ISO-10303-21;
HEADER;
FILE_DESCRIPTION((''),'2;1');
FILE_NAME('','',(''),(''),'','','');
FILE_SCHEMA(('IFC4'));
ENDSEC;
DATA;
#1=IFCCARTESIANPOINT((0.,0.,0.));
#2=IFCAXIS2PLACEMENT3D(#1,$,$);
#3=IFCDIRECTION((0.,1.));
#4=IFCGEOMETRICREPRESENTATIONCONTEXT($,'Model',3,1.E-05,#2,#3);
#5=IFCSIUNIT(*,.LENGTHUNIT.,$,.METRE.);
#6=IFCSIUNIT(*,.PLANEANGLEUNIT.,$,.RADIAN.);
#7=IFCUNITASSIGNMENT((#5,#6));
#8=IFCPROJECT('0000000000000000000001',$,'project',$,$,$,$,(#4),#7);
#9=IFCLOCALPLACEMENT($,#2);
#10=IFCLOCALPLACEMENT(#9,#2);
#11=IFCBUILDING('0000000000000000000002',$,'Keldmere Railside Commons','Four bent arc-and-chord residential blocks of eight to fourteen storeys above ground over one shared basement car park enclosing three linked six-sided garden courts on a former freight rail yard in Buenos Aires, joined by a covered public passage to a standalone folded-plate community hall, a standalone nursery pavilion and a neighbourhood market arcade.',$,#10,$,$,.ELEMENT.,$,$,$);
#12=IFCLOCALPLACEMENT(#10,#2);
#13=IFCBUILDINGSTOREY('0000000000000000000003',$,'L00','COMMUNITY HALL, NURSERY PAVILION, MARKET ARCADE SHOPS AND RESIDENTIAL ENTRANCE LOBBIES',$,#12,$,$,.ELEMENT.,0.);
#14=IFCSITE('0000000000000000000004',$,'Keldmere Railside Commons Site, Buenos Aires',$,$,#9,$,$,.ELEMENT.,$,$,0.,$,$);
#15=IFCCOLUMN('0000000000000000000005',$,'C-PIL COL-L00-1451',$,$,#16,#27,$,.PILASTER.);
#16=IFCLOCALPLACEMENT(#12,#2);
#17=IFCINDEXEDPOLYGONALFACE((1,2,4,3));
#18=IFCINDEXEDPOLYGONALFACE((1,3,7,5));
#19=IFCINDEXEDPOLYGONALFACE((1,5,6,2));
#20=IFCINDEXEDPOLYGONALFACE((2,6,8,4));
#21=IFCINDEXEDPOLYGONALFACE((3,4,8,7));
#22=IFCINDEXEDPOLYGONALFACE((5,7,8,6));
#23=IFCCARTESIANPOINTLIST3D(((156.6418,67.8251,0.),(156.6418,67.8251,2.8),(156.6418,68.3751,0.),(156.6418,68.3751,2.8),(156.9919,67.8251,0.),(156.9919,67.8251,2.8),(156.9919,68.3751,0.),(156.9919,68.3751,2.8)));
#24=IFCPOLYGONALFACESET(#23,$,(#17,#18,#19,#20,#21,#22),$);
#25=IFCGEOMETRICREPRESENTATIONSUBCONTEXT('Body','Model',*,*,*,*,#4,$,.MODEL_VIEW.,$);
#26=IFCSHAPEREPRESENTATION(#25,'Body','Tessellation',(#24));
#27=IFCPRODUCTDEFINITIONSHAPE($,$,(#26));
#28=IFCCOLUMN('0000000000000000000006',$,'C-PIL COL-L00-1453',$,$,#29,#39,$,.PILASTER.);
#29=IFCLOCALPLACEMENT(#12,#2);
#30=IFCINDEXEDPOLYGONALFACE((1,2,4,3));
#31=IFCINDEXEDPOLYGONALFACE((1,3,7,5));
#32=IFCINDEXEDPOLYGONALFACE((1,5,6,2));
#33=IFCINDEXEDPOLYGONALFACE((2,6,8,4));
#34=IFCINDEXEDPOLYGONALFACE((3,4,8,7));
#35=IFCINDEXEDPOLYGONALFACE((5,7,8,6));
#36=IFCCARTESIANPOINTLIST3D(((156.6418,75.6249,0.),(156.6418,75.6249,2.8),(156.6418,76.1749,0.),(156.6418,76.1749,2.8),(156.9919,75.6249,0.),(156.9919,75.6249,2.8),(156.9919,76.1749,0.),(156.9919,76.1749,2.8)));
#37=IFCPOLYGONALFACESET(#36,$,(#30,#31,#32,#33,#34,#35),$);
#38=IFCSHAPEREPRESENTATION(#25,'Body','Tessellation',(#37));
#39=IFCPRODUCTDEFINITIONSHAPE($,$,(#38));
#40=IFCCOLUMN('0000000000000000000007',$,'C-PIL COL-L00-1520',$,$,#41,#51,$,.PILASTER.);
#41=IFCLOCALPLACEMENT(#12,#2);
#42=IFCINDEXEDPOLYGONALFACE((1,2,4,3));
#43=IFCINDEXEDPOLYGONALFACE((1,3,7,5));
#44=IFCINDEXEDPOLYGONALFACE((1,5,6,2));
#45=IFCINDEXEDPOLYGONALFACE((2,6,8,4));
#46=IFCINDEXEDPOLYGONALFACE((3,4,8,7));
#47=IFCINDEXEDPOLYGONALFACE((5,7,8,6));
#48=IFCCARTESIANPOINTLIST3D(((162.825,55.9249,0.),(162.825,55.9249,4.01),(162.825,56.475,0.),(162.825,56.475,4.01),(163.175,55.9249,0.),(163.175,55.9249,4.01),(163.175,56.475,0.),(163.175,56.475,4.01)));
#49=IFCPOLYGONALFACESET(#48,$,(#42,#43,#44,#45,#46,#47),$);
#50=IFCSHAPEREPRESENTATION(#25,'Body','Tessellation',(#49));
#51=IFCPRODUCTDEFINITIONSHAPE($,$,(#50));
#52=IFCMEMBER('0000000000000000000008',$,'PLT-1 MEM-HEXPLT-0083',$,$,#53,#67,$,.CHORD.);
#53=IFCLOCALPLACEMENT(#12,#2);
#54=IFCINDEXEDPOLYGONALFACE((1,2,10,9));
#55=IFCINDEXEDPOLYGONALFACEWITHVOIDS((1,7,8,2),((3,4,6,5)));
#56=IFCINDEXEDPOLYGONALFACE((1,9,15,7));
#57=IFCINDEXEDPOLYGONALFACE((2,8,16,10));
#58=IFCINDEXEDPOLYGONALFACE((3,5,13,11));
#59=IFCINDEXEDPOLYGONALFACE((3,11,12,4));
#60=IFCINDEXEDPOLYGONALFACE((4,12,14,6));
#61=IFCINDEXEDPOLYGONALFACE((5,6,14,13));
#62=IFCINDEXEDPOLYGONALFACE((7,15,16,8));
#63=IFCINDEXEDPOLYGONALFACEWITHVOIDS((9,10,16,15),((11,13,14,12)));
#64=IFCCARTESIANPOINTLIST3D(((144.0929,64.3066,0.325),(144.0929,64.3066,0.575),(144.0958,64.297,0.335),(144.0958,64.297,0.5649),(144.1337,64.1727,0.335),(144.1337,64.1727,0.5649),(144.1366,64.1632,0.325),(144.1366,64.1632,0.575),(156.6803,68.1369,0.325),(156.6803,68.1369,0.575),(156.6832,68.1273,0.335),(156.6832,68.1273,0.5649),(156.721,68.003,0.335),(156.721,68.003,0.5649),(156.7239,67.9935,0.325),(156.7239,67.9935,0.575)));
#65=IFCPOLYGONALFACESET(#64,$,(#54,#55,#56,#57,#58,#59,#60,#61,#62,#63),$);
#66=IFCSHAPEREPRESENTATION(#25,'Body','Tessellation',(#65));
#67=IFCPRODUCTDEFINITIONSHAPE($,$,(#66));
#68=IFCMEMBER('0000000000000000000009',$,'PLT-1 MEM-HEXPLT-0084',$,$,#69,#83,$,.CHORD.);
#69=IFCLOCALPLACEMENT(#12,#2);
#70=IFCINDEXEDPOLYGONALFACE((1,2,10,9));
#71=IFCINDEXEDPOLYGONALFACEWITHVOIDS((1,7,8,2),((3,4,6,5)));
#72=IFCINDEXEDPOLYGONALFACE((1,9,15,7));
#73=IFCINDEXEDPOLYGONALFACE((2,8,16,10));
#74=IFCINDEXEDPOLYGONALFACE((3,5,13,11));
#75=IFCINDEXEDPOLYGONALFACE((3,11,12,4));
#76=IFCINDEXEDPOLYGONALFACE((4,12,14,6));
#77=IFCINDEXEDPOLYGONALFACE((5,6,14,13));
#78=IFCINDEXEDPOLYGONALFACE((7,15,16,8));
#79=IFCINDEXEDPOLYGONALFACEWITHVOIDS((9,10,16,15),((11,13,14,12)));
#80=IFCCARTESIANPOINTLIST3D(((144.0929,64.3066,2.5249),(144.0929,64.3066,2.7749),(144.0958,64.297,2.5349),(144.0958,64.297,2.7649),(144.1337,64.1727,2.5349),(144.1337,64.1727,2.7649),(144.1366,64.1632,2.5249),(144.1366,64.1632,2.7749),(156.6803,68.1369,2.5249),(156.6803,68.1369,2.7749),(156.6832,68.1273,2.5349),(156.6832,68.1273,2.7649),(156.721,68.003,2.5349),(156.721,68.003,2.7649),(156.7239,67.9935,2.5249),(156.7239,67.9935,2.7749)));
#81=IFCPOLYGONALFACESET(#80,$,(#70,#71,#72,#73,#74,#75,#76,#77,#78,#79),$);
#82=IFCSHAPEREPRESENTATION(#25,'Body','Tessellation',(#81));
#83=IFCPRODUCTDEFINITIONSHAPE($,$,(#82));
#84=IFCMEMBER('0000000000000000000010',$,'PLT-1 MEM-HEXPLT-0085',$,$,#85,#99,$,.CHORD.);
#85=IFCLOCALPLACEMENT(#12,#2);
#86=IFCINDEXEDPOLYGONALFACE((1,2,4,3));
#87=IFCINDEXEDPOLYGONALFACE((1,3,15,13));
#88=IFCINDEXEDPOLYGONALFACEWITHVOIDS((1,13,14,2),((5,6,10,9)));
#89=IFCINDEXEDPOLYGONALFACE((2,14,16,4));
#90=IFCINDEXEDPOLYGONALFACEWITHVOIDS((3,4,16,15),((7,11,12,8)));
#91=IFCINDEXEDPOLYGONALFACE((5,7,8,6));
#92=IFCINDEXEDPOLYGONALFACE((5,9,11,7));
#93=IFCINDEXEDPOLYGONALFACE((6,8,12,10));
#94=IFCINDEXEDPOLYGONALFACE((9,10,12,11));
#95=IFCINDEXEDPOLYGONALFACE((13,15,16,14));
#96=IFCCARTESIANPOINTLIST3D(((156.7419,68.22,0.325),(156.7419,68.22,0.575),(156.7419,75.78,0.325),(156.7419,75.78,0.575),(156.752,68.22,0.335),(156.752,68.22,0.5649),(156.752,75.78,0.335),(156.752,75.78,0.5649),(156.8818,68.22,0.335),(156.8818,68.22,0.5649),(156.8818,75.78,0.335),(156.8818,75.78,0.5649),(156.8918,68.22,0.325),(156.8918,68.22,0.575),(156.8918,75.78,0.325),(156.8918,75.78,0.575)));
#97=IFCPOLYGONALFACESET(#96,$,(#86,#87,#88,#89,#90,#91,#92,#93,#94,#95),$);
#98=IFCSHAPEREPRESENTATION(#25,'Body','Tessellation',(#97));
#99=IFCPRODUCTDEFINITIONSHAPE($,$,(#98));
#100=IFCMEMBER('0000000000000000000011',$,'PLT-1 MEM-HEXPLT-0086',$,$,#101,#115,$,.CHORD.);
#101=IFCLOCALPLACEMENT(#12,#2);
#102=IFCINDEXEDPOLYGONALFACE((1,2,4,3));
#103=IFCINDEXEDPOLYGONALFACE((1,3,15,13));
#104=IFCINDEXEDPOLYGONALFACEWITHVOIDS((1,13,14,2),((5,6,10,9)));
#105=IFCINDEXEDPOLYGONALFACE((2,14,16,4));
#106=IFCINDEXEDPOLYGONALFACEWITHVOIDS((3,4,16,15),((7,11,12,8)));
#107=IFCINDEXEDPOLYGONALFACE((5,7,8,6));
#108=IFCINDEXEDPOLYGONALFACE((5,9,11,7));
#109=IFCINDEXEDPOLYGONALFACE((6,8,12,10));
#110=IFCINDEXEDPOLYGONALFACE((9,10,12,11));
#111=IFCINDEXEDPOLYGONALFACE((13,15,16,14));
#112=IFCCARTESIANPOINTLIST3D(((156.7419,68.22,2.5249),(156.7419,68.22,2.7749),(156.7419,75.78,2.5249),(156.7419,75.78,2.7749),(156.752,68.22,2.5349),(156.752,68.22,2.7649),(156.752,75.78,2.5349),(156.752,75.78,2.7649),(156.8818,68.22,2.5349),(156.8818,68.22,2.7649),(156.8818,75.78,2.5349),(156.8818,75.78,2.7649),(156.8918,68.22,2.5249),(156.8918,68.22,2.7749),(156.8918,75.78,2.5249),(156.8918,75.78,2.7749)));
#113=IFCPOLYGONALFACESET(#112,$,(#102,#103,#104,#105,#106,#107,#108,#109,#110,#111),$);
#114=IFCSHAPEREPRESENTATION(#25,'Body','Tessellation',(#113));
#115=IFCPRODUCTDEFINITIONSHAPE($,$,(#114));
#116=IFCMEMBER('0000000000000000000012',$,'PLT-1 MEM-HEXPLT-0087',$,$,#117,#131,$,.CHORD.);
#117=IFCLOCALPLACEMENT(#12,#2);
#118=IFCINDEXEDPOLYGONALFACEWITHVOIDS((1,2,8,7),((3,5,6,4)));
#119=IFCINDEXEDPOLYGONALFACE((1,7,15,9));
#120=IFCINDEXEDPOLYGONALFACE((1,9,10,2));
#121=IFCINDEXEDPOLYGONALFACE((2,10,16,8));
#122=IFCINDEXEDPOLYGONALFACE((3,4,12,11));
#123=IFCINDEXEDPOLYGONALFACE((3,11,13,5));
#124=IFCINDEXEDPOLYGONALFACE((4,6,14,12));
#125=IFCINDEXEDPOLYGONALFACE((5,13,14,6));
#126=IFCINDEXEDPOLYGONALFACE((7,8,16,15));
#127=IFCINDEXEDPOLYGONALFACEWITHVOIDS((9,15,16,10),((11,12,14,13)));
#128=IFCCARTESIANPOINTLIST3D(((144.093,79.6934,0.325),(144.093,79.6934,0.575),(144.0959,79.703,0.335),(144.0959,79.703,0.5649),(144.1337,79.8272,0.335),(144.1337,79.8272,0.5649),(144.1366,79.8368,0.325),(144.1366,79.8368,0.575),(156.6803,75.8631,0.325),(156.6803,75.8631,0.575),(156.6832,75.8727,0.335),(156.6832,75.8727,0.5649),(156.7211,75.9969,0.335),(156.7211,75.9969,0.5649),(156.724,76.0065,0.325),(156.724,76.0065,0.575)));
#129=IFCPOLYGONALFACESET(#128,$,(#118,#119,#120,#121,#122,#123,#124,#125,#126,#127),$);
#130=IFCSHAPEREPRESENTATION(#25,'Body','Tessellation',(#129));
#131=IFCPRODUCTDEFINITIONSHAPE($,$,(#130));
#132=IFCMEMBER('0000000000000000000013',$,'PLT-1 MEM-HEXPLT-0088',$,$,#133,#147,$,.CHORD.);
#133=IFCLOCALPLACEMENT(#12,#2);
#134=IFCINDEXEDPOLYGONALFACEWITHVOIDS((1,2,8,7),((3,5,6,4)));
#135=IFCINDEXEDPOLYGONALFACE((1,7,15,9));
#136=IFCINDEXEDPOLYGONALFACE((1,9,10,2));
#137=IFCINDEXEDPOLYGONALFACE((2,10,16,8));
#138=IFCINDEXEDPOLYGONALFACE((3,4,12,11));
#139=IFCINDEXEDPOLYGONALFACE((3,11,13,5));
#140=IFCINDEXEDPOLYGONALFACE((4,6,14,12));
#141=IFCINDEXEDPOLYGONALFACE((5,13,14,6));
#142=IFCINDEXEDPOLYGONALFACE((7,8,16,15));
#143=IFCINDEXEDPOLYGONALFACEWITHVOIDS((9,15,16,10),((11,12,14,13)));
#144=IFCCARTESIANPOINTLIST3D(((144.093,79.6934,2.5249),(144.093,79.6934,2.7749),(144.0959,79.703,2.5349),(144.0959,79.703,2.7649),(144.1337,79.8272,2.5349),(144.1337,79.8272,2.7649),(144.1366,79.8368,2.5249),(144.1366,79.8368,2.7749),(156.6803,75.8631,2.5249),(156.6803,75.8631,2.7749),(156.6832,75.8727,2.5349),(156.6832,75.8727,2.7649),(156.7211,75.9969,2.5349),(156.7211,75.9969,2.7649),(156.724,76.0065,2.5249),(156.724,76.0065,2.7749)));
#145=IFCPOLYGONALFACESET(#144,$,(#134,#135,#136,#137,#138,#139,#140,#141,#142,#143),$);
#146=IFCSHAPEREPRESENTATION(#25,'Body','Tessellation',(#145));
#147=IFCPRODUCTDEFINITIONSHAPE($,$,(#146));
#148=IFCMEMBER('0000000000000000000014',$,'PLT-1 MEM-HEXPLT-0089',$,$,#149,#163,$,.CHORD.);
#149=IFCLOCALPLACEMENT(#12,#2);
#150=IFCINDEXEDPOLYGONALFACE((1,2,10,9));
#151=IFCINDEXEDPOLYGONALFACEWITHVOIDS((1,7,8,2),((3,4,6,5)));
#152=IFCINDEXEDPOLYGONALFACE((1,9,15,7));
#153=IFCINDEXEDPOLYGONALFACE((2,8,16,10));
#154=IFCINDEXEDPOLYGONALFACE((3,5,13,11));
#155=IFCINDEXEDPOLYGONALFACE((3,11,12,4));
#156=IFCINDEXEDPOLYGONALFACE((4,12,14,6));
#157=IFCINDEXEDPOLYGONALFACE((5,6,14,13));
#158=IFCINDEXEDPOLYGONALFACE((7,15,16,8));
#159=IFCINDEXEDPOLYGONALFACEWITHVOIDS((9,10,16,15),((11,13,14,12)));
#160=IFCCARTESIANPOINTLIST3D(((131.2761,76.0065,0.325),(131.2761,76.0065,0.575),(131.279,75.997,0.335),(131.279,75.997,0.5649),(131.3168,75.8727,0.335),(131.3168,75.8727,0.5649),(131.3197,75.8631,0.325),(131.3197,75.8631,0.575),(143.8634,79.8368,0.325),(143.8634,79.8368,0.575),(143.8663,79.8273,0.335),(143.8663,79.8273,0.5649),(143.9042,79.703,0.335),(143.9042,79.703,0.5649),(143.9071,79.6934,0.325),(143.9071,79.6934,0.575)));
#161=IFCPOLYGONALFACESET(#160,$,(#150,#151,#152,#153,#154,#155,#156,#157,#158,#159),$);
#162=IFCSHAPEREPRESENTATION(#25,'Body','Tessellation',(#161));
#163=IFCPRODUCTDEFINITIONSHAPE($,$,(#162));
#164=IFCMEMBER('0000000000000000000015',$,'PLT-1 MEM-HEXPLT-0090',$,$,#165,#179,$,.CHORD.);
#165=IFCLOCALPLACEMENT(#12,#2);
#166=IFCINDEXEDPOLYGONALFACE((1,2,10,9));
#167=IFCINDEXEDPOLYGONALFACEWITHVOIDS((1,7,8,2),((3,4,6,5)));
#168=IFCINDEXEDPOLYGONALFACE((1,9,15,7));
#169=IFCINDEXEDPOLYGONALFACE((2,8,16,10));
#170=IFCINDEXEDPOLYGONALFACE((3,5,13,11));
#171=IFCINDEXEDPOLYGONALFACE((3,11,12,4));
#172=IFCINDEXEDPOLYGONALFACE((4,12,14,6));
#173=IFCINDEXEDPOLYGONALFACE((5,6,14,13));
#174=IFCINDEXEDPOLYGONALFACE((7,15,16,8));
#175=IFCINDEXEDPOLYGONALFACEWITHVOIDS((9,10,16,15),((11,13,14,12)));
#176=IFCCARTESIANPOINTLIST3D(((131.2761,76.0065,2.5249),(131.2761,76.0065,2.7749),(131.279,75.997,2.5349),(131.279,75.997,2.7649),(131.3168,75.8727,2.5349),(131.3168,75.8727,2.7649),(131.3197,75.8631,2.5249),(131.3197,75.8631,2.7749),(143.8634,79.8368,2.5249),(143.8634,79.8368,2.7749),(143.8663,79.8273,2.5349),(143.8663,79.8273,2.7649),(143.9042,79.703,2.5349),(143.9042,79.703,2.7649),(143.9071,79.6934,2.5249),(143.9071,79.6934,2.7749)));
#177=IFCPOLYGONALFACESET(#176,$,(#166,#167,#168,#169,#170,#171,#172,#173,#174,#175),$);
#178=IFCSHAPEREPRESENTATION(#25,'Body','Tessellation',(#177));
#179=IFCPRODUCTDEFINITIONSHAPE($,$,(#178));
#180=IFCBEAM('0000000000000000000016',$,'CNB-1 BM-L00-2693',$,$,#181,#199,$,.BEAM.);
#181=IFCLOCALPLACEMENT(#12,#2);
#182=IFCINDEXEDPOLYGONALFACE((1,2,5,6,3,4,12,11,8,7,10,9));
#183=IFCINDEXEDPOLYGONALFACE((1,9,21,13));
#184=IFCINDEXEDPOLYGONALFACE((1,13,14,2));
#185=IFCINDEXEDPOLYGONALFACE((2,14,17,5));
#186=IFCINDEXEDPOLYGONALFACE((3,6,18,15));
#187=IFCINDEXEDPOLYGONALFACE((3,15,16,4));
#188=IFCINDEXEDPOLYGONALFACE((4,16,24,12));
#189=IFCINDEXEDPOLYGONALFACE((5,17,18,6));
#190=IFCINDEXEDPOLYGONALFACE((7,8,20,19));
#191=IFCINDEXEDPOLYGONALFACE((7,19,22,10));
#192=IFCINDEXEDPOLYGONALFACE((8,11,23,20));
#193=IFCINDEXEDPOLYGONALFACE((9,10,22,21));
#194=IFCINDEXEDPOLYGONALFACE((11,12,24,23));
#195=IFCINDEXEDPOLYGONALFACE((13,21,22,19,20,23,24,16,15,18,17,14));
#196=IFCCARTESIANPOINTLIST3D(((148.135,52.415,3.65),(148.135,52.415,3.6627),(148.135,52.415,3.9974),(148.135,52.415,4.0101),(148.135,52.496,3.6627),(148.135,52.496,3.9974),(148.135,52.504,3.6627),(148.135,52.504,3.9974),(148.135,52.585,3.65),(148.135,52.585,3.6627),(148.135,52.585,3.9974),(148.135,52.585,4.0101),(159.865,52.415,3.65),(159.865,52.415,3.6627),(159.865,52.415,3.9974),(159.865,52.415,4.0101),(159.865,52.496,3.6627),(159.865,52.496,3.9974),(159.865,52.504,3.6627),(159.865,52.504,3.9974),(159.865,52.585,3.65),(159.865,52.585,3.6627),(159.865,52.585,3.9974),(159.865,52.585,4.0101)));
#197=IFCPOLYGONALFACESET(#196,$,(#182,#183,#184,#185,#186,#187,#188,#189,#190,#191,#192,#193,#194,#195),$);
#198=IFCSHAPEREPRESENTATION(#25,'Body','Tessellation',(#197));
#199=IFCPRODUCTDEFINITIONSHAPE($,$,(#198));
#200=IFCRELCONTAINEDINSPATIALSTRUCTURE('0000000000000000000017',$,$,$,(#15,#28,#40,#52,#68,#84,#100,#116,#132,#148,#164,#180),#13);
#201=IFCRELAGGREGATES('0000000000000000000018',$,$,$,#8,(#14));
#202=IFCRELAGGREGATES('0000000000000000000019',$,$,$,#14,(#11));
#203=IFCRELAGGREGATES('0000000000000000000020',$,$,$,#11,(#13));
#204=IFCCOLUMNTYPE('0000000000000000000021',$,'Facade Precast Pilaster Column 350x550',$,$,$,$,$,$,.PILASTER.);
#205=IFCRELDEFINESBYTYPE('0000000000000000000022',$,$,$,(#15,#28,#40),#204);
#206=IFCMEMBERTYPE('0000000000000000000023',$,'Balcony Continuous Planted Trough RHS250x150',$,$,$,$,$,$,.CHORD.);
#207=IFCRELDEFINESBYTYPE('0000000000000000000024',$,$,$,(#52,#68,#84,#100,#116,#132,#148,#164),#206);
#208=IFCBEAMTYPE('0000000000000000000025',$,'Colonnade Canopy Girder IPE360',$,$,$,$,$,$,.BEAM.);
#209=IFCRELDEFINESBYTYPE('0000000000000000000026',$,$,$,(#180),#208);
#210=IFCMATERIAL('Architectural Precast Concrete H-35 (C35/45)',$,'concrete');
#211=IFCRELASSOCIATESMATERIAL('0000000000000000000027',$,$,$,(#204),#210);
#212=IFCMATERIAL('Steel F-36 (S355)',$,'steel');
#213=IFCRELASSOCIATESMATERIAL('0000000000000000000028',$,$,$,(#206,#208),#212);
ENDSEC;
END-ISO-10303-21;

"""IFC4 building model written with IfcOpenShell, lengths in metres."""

from ifc_helpers import new_model, si_unit, direction, frame, origin, origin_2d, place, context, subcontext, project, spatial, rectangle, hollow_rectangle, i_section, extrude, material, material_profile, profile_set, type_object, element, save


model = new_model("IFC4")

# Units and contexts
model_context = context("Model", 3, precision=1e-05, world=origin(), true_north=direction((0.0, 1.0)))
body_context = subcontext(model_context, "Body", "Model", "MODEL_VIEW")
ifc_project = project(units=[si_unit("LENGTHUNIT", "METRE"), si_unit("PLANEANGLEUNIT", "RADIAN")], contexts=[model_context])

# Site, building, storey
site_placement = place(None, origin())
site = spatial("IfcSite", under=ifc_project, at=site_placement, Name="Keldmere Railside Commons Site, Buenos Aires", CompositionType="ELEMENT", RefElevation=0.0)
building_placement = place(site_placement, origin())
building = spatial("IfcBuilding", under=site, at=building_placement, Name="Keldmere Railside Commons", Description="Four bent arc-and-chord residential blocks of eight to fourteen storeys above ground over one shared basement car park enclosing three linked six-sided garden courts on a former freight rail yard in Buenos Aires, joined by a covered public passage to a standalone folded-plate community hall, a standalone nursery pavilion and a neighbourhood market arcade.", CompositionType="ELEMENT")
storey_placement = place(building_placement, origin())
storey = spatial("IfcBuildingStorey", under=building, at=storey_placement, Name="L00", Description="COMMUNITY HALL, NURSERY PAVILION, MARKET ARCADE SHOPS AND RESIDENTIAL ENTRANCE LOBBIES", CompositionType="ELEMENT", Elevation=0.0)

# Columns
ifc_material_1 = material(Name="Steel F-36 (S355)", Category="steel")
ifc_material_2 = material(Name="Architectural Precast Concrete H-35 (C35/45)", Category="concrete")
ifc_material_profile_1 = material_profile(ifc_material_2, rectangle(XDim=0.3501, YDim=0.55, at=origin_2d()), Name="RC-350x550")
ifc_profile_set_1 = profile_set([ifc_material_profile_1], Name="Architectural Precast Concrete H-35 (C35/45)")
column_type_1 = type_object("IfcColumnType", Name="Facade Precast Pilaster Column 350x550", PredefinedType="PILASTER", material=ifc_profile_set_1)
for number, where, z_axis, x_axis, name in (
    (1, (156.8169, 68.1001, 0.0), (0.0, 0.0, 1.0), (1.0, 0.0, 0.0), "C-PIL COL-L00-1451"),
    (2, (156.8169, 75.8999, 0.0), (0.0, 0.0, 1.0), (1.0, 0.0, 0.0), "C-PIL COL-L00-1453"),
):
    element("IfcColumn", number, at=place(storey_placement, frame(where, z_axis=z_axis, x_axis=x_axis)), inside=storey, type_object=column_type_1, Name=name, PredefinedType="PILASTER", context=body_context, shape_type="SweptSolid", body=[
        extrude(rectangle(XDim=0.3501, YDim=0.55, at=origin_2d()), origin(), (0.0, 0.0, 1.0), 2.8),
    ])
column_1_placement = place(storey_placement, frame((163.0, 56.2, 0.0), z_axis=(0.0, 0.0, 1.0), x_axis=(1.0, 0.0, 0.0)))
element("IfcColumn", 3, at=column_1_placement, inside=storey, type_object=column_type_1, Name="C-PIL COL-L00-1520", PredefinedType="PILASTER", context=body_context, shape_type="SweptSolid", body=[
    extrude(rectangle(XDim=0.3501, YDim=0.55, at=origin_2d()), origin(), (0.0, 0.0, 1.0), 4.01),
])

# Members
ifc_material_profile_2 = material_profile(ifc_material_1, hollow_rectangle(XDim=0.1499, YDim=0.25, WallThickness=0.01, at=origin_2d()), Name="RHS-250x150x10")
ifc_profile_set_2 = profile_set([ifc_material_profile_2], Name="Steel F-36 (S355)")
member_type_1 = type_object("IfcMemberType", Name="Balcony Continuous Planted Trough RHS250x150", PredefinedType="CHORD", material=ifc_profile_set_2)
for number, where, z_axis, x_axis, name in (
    (4, (144.1147, 64.2349, 0.45), (0.956687, 0.291118, 0.0), (-0.291118, 0.956687, 0.0), "PLT-1 MEM-HEXPLT-0083"),
    (5, (144.1147, 64.2349, 2.6499), (0.956687, 0.291118, 0.0), (-0.291118, 0.956687, 0.0), "PLT-1 MEM-HEXPLT-0084"),
):
    element("IfcMember", number, at=place(storey_placement, frame(where, z_axis=z_axis, x_axis=x_axis)), inside=storey, type_object=member_type_1, Name=name, PredefinedType="CHORD", context=body_context, shape_type="SweptSolid", body=[
        extrude(hollow_rectangle(XDim=0.1499, YDim=0.25, WallThickness=0.01, at=origin_2d()), origin(), (0.0, 0.0, 1.0), 13.1572),
    ])
for number, where, z_axis, x_axis, name in (
    (6, (156.8169, 68.22, 0.45), (0.0, 1.0, 0.0), (-1.0, 0.0, 0.0), "PLT-1 MEM-HEXPLT-0085"),
    (7, (156.8169, 68.22, 2.6499), (0.0, 1.0, 0.0), (-1.0, 0.0, 0.0), "PLT-1 MEM-HEXPLT-0086"),
):
    element("IfcMember", number, at=place(storey_placement, frame(where, z_axis=z_axis, x_axis=x_axis)), inside=storey, type_object=member_type_1, Name=name, PredefinedType="CHORD", context=body_context, shape_type="SweptSolid", body=[
        extrude(hollow_rectangle(XDim=0.1499, YDim=0.25, WallThickness=0.01, at=origin_2d()), origin(), (0.0, 0.0, 1.0), 7.5601),
    ])
for number, where, z_axis, x_axis, name in (
    (8, (156.7021, 75.9348, 0.45), (-0.956687, 0.291118, 0.0), (-0.291118, -0.956687, 0.0), "PLT-1 MEM-HEXPLT-0087"),
    (9, (156.7021, 75.9348, 2.6499), (-0.956687, 0.291118, 0.0), (-0.291118, -0.956687, 0.0), "PLT-1 MEM-HEXPLT-0088"),
    (10, (143.8853, 79.7651, 0.45), (-0.956687, -0.291118, 0.0), (0.291118, -0.956687, 0.0), "PLT-1 MEM-HEXPLT-0089"),
    (11, (143.8853, 79.7651, 2.6499), (-0.956687, -0.291118, 0.0), (0.291118, -0.956687, 0.0), "PLT-1 MEM-HEXPLT-0090"),
):
    element("IfcMember", number, at=place(storey_placement, frame(where, z_axis=z_axis, x_axis=x_axis)), inside=storey, type_object=member_type_1, Name=name, PredefinedType="CHORD", context=body_context, shape_type="SweptSolid", body=[
        extrude(hollow_rectangle(XDim=0.1499, YDim=0.25, WallThickness=0.01, at=origin_2d()), origin(), (0.0, 0.0, 1.0), 13.1572),
    ])

# Beam
ifc_material_profile_3 = material_profile(ifc_material_1, i_section(OverallWidth=0.1699, OverallDepth=0.3601, WebThickness=0.0081, FlangeThickness=0.0127, at=origin_2d()), Name="IPE-360")
ifc_profile_set_3 = profile_set([ifc_material_profile_3], Name="Steel F-36 (S355)")
beam_type_1 = type_object("IfcBeamType", Name="Colonnade Canopy Girder IPE360", PredefinedType="BEAM", material=ifc_profile_set_3)
beam_1_placement = place(storey_placement, frame((148.135, 52.5, 3.8301), z_axis=(1.0, 0.0, 0.0), x_axis=(0.0, 1.0, 0.0)))
element("IfcBeam", 12, at=beam_1_placement, inside=storey, type_object=beam_type_1, Name="CNB-1 BM-L00-2693", PredefinedType="BEAM", context=body_context, shape_type="SweptSolid", body=[
    extrude(i_section(OverallWidth=0.1699, OverallDepth=0.3601, WebThickness=0.0081, FlangeThickness=0.0127, at=origin_2d()), origin(), (0.0, 0.0, 1.0), 11.73),
])

save(model, "model.ifc")
